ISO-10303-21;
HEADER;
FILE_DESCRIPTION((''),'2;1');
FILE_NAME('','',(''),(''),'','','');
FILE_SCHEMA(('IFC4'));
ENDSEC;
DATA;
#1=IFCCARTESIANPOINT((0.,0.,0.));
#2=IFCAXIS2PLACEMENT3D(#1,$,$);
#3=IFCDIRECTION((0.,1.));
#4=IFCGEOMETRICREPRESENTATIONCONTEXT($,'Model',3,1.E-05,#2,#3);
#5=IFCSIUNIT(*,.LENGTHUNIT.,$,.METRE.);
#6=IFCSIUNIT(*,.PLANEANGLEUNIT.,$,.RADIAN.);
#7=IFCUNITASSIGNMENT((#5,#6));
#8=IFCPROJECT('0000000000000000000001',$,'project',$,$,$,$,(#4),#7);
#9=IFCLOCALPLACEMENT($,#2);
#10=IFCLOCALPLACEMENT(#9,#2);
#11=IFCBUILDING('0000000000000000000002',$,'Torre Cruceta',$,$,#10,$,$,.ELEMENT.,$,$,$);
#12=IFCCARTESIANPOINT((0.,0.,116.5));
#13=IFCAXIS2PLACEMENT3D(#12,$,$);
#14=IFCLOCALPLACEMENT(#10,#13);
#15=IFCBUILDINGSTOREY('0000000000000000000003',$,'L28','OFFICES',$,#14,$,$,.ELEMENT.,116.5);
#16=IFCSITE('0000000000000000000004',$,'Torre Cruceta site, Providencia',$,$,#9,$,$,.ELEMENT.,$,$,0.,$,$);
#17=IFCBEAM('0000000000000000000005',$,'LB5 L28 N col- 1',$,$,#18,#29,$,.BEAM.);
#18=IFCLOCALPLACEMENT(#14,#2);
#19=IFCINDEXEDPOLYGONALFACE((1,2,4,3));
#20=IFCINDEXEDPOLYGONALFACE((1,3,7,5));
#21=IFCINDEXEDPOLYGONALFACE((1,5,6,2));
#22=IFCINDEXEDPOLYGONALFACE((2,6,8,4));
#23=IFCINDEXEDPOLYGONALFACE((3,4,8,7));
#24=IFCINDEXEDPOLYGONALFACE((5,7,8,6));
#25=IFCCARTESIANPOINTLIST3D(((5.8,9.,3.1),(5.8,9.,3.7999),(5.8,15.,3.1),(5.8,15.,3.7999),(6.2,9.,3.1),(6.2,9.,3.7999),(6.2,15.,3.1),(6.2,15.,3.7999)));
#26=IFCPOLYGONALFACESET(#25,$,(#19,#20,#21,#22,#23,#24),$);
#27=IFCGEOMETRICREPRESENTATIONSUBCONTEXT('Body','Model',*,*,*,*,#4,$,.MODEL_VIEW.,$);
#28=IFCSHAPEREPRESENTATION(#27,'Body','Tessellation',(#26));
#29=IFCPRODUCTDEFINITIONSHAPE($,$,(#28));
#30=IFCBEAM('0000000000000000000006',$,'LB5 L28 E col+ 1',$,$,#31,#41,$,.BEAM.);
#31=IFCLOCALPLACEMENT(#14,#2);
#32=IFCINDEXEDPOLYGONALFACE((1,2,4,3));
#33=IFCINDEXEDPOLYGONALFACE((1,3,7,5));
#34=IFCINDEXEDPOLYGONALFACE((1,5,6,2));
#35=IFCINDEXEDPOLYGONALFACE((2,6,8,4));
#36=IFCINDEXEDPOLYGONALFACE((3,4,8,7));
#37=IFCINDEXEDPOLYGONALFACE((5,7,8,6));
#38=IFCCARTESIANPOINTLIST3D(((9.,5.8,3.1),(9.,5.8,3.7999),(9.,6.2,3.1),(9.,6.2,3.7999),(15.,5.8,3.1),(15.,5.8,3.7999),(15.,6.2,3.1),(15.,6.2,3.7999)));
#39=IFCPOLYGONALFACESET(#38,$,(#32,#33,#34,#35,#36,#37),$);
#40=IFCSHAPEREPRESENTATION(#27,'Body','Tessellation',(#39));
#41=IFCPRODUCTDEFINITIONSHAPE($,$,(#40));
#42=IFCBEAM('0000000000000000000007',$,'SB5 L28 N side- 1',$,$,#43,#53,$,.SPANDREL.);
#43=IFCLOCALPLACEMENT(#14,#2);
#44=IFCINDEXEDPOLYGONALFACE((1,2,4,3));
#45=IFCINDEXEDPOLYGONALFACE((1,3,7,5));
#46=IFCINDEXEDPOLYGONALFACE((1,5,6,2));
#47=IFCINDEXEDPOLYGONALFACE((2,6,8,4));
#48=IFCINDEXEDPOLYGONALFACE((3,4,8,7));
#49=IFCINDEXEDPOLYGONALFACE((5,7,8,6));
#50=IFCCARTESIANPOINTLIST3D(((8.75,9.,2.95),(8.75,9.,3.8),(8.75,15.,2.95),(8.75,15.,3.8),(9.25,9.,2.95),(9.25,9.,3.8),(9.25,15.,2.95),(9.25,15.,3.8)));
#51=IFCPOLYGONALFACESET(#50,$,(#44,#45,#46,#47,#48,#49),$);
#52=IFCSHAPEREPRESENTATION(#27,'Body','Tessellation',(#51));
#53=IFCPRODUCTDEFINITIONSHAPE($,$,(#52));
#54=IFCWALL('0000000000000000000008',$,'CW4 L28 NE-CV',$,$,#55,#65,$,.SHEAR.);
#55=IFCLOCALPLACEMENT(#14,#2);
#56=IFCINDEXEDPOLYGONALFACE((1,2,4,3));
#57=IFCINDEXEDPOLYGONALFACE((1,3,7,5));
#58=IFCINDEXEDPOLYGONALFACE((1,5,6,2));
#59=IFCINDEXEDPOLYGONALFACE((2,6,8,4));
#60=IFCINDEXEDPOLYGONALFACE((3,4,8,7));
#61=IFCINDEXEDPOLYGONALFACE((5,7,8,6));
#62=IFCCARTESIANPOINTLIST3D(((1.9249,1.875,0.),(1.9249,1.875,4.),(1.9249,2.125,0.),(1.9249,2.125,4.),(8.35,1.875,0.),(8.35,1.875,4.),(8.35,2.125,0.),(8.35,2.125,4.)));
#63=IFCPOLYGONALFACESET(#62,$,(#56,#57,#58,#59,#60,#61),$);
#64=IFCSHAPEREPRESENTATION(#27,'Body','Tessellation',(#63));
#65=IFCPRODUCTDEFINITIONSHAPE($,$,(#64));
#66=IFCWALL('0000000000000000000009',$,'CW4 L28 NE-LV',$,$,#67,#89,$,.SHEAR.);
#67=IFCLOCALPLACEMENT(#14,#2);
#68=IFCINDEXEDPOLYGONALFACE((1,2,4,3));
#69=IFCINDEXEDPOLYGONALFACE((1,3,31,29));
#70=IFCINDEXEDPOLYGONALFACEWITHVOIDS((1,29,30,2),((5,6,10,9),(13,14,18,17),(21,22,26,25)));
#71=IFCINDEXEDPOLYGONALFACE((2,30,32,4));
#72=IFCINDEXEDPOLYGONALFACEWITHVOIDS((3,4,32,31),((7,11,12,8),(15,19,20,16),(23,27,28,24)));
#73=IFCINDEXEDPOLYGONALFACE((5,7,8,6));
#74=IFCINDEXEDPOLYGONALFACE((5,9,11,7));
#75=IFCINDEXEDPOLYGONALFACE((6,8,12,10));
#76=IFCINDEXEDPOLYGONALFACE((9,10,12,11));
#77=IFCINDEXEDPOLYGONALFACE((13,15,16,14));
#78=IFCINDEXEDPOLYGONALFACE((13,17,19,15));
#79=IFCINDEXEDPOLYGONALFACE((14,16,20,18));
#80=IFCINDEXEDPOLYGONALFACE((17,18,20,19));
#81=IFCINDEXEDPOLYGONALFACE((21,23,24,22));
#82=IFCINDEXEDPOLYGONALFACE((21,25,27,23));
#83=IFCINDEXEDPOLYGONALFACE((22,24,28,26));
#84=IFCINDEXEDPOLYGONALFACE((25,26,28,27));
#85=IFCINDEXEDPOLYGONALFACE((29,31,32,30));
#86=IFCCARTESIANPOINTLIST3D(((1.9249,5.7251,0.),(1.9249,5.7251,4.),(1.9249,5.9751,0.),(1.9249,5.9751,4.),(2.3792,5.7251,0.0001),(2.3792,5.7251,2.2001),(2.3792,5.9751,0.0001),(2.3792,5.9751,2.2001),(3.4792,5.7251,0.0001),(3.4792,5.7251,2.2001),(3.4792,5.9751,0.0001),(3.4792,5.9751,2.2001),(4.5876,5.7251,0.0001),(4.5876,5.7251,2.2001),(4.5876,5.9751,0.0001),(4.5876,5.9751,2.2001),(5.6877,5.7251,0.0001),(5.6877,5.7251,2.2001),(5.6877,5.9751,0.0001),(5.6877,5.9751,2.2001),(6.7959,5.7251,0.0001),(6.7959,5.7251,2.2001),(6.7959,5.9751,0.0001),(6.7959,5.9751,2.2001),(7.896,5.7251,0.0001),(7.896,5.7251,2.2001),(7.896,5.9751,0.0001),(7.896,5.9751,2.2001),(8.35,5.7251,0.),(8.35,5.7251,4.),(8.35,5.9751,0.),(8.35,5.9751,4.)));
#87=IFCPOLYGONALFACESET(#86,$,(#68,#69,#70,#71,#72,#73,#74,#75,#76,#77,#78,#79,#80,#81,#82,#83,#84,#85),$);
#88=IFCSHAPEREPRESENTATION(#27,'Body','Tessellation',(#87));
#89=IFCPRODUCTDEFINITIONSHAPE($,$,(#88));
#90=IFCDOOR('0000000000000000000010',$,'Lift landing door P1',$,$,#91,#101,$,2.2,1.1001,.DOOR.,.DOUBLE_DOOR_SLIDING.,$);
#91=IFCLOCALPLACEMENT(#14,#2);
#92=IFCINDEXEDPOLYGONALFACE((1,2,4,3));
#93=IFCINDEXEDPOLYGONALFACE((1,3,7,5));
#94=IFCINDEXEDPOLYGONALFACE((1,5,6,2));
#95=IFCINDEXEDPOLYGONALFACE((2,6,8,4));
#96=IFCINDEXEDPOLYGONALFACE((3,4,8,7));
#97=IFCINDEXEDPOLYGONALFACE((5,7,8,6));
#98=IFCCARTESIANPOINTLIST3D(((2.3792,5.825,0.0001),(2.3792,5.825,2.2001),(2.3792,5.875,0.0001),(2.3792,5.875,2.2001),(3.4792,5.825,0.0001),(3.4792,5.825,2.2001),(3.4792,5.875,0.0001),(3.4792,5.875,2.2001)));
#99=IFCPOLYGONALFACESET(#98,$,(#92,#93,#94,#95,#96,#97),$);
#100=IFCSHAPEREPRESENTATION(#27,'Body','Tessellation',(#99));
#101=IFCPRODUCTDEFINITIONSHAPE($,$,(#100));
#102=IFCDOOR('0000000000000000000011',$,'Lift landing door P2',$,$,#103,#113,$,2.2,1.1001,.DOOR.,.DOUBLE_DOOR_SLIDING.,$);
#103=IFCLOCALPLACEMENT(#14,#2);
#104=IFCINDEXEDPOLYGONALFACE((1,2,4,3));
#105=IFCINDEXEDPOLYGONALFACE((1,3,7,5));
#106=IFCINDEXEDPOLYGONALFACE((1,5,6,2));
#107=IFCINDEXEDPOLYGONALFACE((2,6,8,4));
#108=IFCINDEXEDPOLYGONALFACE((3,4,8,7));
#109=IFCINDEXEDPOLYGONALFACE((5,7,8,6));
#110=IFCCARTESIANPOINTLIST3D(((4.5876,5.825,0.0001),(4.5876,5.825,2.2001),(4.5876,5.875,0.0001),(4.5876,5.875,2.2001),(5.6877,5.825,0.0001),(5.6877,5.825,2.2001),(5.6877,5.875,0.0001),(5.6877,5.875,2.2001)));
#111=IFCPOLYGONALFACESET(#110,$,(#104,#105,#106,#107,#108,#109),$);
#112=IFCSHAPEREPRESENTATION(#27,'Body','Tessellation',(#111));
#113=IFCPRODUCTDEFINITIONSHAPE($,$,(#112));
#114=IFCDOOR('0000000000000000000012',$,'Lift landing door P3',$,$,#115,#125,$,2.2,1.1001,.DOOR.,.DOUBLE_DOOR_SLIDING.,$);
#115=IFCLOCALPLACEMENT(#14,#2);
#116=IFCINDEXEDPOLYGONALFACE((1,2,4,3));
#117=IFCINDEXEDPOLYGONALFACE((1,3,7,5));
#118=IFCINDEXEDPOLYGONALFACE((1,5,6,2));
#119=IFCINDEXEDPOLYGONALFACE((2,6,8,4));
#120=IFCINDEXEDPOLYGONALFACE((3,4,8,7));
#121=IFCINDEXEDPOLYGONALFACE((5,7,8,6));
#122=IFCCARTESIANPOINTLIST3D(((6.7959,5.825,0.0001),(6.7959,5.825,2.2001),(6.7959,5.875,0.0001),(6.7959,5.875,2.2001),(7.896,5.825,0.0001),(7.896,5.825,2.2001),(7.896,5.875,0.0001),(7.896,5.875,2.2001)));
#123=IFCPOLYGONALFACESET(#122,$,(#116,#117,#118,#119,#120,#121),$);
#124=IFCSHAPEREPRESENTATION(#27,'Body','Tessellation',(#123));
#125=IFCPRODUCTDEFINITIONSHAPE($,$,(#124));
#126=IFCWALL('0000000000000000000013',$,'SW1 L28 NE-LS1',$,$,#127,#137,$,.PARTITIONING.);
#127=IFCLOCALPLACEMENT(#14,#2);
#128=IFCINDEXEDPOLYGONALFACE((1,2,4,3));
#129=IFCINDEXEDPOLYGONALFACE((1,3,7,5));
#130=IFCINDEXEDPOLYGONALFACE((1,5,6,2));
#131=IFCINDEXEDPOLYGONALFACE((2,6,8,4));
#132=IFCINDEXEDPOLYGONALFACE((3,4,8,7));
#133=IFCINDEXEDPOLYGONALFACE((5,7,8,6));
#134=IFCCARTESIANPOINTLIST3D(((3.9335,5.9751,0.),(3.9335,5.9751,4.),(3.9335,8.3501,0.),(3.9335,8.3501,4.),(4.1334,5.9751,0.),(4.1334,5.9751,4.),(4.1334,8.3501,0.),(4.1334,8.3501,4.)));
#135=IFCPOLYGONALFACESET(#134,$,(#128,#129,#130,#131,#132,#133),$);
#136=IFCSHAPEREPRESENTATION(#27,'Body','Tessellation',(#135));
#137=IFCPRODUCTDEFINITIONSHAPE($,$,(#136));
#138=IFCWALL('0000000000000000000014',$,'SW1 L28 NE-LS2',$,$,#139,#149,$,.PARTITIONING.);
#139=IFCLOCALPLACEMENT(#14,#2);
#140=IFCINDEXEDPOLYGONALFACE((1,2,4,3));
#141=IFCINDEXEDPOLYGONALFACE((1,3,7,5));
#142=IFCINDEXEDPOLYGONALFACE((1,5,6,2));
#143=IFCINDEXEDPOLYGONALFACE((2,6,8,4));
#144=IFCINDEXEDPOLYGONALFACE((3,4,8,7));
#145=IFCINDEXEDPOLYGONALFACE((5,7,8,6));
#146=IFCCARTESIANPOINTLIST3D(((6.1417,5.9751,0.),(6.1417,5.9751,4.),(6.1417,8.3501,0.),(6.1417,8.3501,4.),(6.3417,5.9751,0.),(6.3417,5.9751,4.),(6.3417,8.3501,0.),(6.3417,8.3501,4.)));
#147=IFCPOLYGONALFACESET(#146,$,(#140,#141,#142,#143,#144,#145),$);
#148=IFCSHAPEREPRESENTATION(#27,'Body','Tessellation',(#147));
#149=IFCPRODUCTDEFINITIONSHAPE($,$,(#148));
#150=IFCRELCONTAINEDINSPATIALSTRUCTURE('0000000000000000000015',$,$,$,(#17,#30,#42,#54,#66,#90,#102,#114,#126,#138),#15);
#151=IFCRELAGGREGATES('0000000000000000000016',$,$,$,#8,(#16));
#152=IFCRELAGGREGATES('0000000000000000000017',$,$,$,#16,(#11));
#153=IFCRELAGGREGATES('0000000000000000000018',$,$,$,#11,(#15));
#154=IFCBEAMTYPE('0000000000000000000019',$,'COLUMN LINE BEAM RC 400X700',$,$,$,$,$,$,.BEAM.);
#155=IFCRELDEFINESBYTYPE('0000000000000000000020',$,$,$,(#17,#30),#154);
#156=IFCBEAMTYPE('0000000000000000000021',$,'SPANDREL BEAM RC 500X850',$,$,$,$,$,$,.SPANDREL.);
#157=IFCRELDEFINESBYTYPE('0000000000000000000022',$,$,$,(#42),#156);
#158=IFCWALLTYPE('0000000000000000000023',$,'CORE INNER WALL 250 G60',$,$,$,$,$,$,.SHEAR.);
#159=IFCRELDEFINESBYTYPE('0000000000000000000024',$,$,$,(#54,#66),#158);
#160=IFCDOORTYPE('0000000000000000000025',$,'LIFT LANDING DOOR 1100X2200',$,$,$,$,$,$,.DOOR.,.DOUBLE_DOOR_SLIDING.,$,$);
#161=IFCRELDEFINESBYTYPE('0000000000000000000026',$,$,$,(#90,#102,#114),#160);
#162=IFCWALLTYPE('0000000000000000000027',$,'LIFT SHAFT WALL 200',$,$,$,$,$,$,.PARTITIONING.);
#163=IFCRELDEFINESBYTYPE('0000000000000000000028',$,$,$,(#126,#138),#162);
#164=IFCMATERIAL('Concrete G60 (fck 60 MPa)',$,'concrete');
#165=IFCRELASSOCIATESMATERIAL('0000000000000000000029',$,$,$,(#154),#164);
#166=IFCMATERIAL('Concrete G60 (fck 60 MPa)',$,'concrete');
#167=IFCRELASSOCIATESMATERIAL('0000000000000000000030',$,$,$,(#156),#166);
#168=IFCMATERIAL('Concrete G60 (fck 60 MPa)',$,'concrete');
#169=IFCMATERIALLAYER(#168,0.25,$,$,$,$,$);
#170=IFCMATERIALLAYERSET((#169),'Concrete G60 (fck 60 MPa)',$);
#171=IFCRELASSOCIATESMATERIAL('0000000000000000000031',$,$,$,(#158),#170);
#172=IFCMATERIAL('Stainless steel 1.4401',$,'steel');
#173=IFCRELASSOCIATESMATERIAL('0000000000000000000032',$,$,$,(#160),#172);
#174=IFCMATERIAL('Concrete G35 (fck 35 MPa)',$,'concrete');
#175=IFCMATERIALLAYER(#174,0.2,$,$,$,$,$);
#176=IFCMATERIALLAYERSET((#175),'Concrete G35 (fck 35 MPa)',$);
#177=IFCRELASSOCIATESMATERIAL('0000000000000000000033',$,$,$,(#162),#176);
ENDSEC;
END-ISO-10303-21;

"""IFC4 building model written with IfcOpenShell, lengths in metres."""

from ifc_helpers import new_model, si_unit, direction, frame, frame_2d, origin, origin_2d, place, context, subcontext, project, spatial, rectangle, extrude, material, layer, layer_set, material_profile, profile_set, type_object, element, fill, save


model = new_model("IFC4")

# Units and contexts
model_context = context("Model", 3, precision=1e-05, world=origin(), true_north=direction((0.0, 1.0)))
body_context = subcontext(model_context, "Body", "Model", "MODEL_VIEW")
ifc_project = project(units=[si_unit("LENGTHUNIT", "METRE"), si_unit("PLANEANGLEUNIT", "RADIAN")], contexts=[model_context])

# Site, building, storey
site_placement = place(None, origin())
site = spatial("IfcSite", under=ifc_project, at=site_placement, Name="Torre Cruceta site, Providencia", CompositionType="ELEMENT", RefElevation=0.0)
building_placement = place(site_placement, origin())
building = spatial("IfcBuilding", under=site, at=building_placement, Name="Torre Cruceta", CompositionType="ELEMENT")
storey_placement = place(building_placement, frame((0.0, 0.0, 116.5)))
storey = spatial("IfcBuildingStorey", under=building, at=storey_placement, Name="L28", Description="OFFICES", CompositionType="ELEMENT", Elevation=116.5)

# Beams
ifc_material_1 = material(Name="Concrete G60 (fck 60 MPa)", Category="concrete")
ifc_material_profile_1 = material_profile(ifc_material_1, rectangle(XDim=0.3999, YDim=0.7, at=origin_2d()), Name="RC 400X700")
ifc_profile_set_1 = profile_set([ifc_material_profile_1], Name="Concrete G60 (fck 60 MPa)")
beam_type_1 = type_object("IfcBeamType", Name="COLUMN LINE BEAM RC 400X700", PredefinedType="BEAM", material=ifc_profile_set_1)
for number, where, z_axis, x_axis, name in (
    (1, (6.0, 9.0, 3.45), (0.0, 1.0, 0.0), (-1.0, 0.0, 0.0), "LB5 L28 N col- 1"),
    (2, (9.0, 6.0, 3.45), (1.0, 0.0, 0.0), (0.0, 1.0, 0.0), "LB5 L28 E col+ 1"),
):
    element("IfcBeam", number, at=place(storey_placement, frame(where, z_axis=z_axis, x_axis=x_axis)), inside=storey, type_object=beam_type_1, Name=name, PredefinedType="BEAM", context=body_context, shape_type="SweptSolid", body=[
        extrude(rectangle(XDim=0.3999, YDim=0.7, at=origin_2d()), origin(), (0.0, 0.0, 1.0), 6.0),
    ])
ifc_material_2 = material(Name="Concrete G60 (fck 60 MPa)", Category="concrete")
ifc_material_profile_2 = material_profile(ifc_material_2, rectangle(XDim=0.5, YDim=0.8501, at=origin_2d()), Name="RC 500X850")
ifc_profile_set_2 = profile_set([ifc_material_profile_2], Name="Concrete G60 (fck 60 MPa)")
beam_type_2 = type_object("IfcBeamType", Name="SPANDREL BEAM RC 500X850", PredefinedType="SPANDREL", material=ifc_profile_set_2)
beam_placement = place(storey_placement, frame((9.0, 9.0, 3.375), z_axis=(0.0, 1.0, 0.0), x_axis=(-1.0, 0.0, 0.0)))
element("IfcBeam", 3, at=beam_placement, inside=storey, type_object=beam_type_2, Name="SB5 L28 N side- 1", PredefinedType="SPANDREL", context=body_context, shape_type="SweptSolid", body=[
    extrude(rectangle(XDim=0.5, YDim=0.8501, at=origin_2d()), origin(), (0.0, 0.0, 1.0), 6.0),
])

# Shared definitions
ifc_material_3 = material(Name="Concrete G60 (fck 60 MPa)", Category="concrete")
ifc_layer_1 = layer(ifc_material_3, 0.25)
ifc_layer_set_1 = layer_set([ifc_layer_1], Name="Concrete G60 (fck 60 MPa)")
wall_type_1 = type_object("IfcWallType", Name="CORE INNER WALL 250 G60", PredefinedType="SHEAR", material=ifc_layer_set_1)

# Wall
wall_1_placement = place(storey_placement, frame((1.925, 2.0, 0.0), z_axis=(0.0, 0.0, 1.0), x_axis=(1.0, 0.0, 0.0)))
element("IfcWall", 4, at=wall_1_placement, inside=storey, type_object=wall_type_1, Name="CW4 L28 NE-CV", PredefinedType="SHEAR", context=body_context, shape_type="SweptSolid", body=[
    extrude(rectangle(XDim=6.425, YDim=0.25, at=frame_2d((3.2124, 0.0))), origin(), (0.0, 0.0, 1.0), 4.0),
])

# Wall, openings, doors
wall_2_placement = place(storey_placement, frame((1.925, 5.8501, 0.0), z_axis=(0.0, 0.0, 1.0), x_axis=(1.0, 0.0, 0.0)))
wall_2 = element("IfcWall", 5, at=wall_2_placement, inside=storey, type_object=wall_type_1, Name="CW4 L28 NE-LV", PredefinedType="SHEAR", context=body_context, shape_type="SweptSolid", body=[
    extrude(rectangle(XDim=6.425, YDim=0.25, at=frame_2d((3.2124, 0.0))), origin(), (0.0, 0.0, 1.0), 4.0),
])
opening_1_placement = place(wall_2_placement, frame((0.4541, 0.0, 0.0)))
opening_1 = element("IfcOpeningElement", 6, at=opening_1_placement, cuts=wall_2, PredefinedType="OPENING", context=body_context, shape_type="SweptSolid", body=[
    extrude(rectangle(XDim=1.1001, YDim=2.2, at=frame_2d((0.55, 1.1001))), frame((0.0, 0.135, 0.0), z_axis=(0.0, -1.0, 0.0), x_axis=(1.0, 0.0, 0.0)), (0.0, 0.0, 1.0), 0.27),
])
opening_2_placement = place(wall_2_placement, frame((2.6626, 0.0, 0.0)))
opening_2 = element("IfcOpeningElement", 7, at=opening_2_placement, cuts=wall_2, PredefinedType="OPENING", context=body_context, shape_type="SweptSolid", body=[
    extrude(rectangle(XDim=1.1001, YDim=2.2, at=frame_2d((0.55, 1.1001))), frame((0.0, 0.135, 0.0), z_axis=(0.0, -1.0, 0.0), x_axis=(1.0, 0.0, 0.0)), (0.0, 0.0, 1.0), 0.27),
])
opening_3_placement = place(wall_2_placement, frame((4.8708, 0.0, 0.0)))
opening_3 = element("IfcOpeningElement", 8, at=opening_3_placement, cuts=wall_2, PredefinedType="OPENING", context=body_context, shape_type="SweptSolid", body=[
    extrude(rectangle(XDim=1.1001, YDim=2.2, at=frame_2d((0.55, 1.1001))), frame((0.0, 0.135, 0.0), z_axis=(0.0, -1.0, 0.0), x_axis=(1.0, 0.0, 0.0)), (0.0, 0.0, 1.0), 0.27),
])
ifc_material_4 = material(Name="Stainless steel 1.4401", Category="steel")
door_type_1 = type_object("IfcDoorType", Name="LIFT LANDING DOOR 1100X2200", OperationType="DOUBLE_DOOR_SLIDING", PredefinedType="DOOR", material=ifc_material_4)
door_1_placement = place(opening_1_placement, origin())
door_1 = element("IfcDoor", 9, at=door_1_placement, inside=storey, type_object=door_type_1, Name="Lift landing door P1", OperationType="DOUBLE_DOOR_SLIDING", OverallHeight=2.2, OverallWidth=1.1001, PredefinedType="DOOR", context=body_context, shape_type="SweptSolid", body=[
    extrude(rectangle(XDim=1.1001, YDim=2.2, at=frame_2d((0.55, 1.1001))), frame((0.0, 0.0249, 0.0), z_axis=(0.0, -1.0, 0.0), x_axis=(1.0, 0.0, 0.0)), (0.0, 0.0, 1.0), 0.05),
])
fill(opening_1, door_1)
door_2_placement = place(opening_2_placement, origin())
door_2 = element("IfcDoor", 10, at=door_2_placement, inside=storey, type_object=door_type_1, Name="Lift landing door P2", OperationType="DOUBLE_DOOR_SLIDING", OverallHeight=2.2, OverallWidth=1.1001, PredefinedType="DOOR", context=body_context, shape_type="SweptSolid", body=[
    extrude(rectangle(XDim=1.1001, YDim=2.2, at=frame_2d((0.55, 1.1001))), frame((0.0, 0.0249, 0.0), z_axis=(0.0, -1.0, 0.0), x_axis=(1.0, 0.0, 0.0)), (0.0, 0.0, 1.0), 0.05),
])
fill(opening_2, door_2)
door_3_placement = place(opening_3_placement, origin())
door_3 = element("IfcDoor", 11, at=door_3_placement, inside=storey, type_object=door_type_1, Name="Lift landing door P3", OperationType="DOUBLE_DOOR_SLIDING", OverallHeight=2.2, OverallWidth=1.1001, PredefinedType="DOOR", context=body_context, shape_type="SweptSolid", body=[
    extrude(rectangle(XDim=1.1001, YDim=2.2, at=frame_2d((0.55, 1.1001))), frame((0.0, 0.0249, 0.0), z_axis=(0.0, -1.0, 0.0), x_axis=(1.0, 0.0, 0.0)), (0.0, 0.0, 1.0), 0.05),
])
fill(opening_3, door_3)

# Walls
ifc_material_5 = material(Name="Concrete G35 (fck 35 MPa)", Category="concrete")
ifc_layer_2 = layer(ifc_material_5, 0.2)
ifc_layer_set_2 = layer_set([ifc_layer_2], Name="Concrete G35 (fck 35 MPa)")
wall_type_2 = type_object("IfcWallType", Name="LIFT SHAFT WALL 200", PredefinedType="PARTITIONING", material=ifc_layer_set_2)
for number, where, z_axis, x_axis, name in (
    (12, (4.0334, 5.9751, 0.0), (0.0, 0.0, 1.0), (0.0, 1.0, 0.0), "SW1 L28 NE-LS1"),
    (13, (6.2417, 5.9751, 0.0), (0.0, 0.0, 1.0), (0.0, 1.0, 0.0), "SW1 L28 NE-LS2"),
):
    element("IfcWall", number, at=place(storey_placement, frame(where, z_axis=z_axis, x_axis=x_axis)), inside=storey, type_object=wall_type_2, Name=name, PredefinedType="PARTITIONING", context=body_context, shape_type="SweptSolid", body=[
        extrude(rectangle(XDim=2.375, YDim=0.2, at=frame_2d((1.1875, 0.0))), origin(), (0.0, 0.0, 1.0), 4.0),
    ])

save(model, "model.ifc")
